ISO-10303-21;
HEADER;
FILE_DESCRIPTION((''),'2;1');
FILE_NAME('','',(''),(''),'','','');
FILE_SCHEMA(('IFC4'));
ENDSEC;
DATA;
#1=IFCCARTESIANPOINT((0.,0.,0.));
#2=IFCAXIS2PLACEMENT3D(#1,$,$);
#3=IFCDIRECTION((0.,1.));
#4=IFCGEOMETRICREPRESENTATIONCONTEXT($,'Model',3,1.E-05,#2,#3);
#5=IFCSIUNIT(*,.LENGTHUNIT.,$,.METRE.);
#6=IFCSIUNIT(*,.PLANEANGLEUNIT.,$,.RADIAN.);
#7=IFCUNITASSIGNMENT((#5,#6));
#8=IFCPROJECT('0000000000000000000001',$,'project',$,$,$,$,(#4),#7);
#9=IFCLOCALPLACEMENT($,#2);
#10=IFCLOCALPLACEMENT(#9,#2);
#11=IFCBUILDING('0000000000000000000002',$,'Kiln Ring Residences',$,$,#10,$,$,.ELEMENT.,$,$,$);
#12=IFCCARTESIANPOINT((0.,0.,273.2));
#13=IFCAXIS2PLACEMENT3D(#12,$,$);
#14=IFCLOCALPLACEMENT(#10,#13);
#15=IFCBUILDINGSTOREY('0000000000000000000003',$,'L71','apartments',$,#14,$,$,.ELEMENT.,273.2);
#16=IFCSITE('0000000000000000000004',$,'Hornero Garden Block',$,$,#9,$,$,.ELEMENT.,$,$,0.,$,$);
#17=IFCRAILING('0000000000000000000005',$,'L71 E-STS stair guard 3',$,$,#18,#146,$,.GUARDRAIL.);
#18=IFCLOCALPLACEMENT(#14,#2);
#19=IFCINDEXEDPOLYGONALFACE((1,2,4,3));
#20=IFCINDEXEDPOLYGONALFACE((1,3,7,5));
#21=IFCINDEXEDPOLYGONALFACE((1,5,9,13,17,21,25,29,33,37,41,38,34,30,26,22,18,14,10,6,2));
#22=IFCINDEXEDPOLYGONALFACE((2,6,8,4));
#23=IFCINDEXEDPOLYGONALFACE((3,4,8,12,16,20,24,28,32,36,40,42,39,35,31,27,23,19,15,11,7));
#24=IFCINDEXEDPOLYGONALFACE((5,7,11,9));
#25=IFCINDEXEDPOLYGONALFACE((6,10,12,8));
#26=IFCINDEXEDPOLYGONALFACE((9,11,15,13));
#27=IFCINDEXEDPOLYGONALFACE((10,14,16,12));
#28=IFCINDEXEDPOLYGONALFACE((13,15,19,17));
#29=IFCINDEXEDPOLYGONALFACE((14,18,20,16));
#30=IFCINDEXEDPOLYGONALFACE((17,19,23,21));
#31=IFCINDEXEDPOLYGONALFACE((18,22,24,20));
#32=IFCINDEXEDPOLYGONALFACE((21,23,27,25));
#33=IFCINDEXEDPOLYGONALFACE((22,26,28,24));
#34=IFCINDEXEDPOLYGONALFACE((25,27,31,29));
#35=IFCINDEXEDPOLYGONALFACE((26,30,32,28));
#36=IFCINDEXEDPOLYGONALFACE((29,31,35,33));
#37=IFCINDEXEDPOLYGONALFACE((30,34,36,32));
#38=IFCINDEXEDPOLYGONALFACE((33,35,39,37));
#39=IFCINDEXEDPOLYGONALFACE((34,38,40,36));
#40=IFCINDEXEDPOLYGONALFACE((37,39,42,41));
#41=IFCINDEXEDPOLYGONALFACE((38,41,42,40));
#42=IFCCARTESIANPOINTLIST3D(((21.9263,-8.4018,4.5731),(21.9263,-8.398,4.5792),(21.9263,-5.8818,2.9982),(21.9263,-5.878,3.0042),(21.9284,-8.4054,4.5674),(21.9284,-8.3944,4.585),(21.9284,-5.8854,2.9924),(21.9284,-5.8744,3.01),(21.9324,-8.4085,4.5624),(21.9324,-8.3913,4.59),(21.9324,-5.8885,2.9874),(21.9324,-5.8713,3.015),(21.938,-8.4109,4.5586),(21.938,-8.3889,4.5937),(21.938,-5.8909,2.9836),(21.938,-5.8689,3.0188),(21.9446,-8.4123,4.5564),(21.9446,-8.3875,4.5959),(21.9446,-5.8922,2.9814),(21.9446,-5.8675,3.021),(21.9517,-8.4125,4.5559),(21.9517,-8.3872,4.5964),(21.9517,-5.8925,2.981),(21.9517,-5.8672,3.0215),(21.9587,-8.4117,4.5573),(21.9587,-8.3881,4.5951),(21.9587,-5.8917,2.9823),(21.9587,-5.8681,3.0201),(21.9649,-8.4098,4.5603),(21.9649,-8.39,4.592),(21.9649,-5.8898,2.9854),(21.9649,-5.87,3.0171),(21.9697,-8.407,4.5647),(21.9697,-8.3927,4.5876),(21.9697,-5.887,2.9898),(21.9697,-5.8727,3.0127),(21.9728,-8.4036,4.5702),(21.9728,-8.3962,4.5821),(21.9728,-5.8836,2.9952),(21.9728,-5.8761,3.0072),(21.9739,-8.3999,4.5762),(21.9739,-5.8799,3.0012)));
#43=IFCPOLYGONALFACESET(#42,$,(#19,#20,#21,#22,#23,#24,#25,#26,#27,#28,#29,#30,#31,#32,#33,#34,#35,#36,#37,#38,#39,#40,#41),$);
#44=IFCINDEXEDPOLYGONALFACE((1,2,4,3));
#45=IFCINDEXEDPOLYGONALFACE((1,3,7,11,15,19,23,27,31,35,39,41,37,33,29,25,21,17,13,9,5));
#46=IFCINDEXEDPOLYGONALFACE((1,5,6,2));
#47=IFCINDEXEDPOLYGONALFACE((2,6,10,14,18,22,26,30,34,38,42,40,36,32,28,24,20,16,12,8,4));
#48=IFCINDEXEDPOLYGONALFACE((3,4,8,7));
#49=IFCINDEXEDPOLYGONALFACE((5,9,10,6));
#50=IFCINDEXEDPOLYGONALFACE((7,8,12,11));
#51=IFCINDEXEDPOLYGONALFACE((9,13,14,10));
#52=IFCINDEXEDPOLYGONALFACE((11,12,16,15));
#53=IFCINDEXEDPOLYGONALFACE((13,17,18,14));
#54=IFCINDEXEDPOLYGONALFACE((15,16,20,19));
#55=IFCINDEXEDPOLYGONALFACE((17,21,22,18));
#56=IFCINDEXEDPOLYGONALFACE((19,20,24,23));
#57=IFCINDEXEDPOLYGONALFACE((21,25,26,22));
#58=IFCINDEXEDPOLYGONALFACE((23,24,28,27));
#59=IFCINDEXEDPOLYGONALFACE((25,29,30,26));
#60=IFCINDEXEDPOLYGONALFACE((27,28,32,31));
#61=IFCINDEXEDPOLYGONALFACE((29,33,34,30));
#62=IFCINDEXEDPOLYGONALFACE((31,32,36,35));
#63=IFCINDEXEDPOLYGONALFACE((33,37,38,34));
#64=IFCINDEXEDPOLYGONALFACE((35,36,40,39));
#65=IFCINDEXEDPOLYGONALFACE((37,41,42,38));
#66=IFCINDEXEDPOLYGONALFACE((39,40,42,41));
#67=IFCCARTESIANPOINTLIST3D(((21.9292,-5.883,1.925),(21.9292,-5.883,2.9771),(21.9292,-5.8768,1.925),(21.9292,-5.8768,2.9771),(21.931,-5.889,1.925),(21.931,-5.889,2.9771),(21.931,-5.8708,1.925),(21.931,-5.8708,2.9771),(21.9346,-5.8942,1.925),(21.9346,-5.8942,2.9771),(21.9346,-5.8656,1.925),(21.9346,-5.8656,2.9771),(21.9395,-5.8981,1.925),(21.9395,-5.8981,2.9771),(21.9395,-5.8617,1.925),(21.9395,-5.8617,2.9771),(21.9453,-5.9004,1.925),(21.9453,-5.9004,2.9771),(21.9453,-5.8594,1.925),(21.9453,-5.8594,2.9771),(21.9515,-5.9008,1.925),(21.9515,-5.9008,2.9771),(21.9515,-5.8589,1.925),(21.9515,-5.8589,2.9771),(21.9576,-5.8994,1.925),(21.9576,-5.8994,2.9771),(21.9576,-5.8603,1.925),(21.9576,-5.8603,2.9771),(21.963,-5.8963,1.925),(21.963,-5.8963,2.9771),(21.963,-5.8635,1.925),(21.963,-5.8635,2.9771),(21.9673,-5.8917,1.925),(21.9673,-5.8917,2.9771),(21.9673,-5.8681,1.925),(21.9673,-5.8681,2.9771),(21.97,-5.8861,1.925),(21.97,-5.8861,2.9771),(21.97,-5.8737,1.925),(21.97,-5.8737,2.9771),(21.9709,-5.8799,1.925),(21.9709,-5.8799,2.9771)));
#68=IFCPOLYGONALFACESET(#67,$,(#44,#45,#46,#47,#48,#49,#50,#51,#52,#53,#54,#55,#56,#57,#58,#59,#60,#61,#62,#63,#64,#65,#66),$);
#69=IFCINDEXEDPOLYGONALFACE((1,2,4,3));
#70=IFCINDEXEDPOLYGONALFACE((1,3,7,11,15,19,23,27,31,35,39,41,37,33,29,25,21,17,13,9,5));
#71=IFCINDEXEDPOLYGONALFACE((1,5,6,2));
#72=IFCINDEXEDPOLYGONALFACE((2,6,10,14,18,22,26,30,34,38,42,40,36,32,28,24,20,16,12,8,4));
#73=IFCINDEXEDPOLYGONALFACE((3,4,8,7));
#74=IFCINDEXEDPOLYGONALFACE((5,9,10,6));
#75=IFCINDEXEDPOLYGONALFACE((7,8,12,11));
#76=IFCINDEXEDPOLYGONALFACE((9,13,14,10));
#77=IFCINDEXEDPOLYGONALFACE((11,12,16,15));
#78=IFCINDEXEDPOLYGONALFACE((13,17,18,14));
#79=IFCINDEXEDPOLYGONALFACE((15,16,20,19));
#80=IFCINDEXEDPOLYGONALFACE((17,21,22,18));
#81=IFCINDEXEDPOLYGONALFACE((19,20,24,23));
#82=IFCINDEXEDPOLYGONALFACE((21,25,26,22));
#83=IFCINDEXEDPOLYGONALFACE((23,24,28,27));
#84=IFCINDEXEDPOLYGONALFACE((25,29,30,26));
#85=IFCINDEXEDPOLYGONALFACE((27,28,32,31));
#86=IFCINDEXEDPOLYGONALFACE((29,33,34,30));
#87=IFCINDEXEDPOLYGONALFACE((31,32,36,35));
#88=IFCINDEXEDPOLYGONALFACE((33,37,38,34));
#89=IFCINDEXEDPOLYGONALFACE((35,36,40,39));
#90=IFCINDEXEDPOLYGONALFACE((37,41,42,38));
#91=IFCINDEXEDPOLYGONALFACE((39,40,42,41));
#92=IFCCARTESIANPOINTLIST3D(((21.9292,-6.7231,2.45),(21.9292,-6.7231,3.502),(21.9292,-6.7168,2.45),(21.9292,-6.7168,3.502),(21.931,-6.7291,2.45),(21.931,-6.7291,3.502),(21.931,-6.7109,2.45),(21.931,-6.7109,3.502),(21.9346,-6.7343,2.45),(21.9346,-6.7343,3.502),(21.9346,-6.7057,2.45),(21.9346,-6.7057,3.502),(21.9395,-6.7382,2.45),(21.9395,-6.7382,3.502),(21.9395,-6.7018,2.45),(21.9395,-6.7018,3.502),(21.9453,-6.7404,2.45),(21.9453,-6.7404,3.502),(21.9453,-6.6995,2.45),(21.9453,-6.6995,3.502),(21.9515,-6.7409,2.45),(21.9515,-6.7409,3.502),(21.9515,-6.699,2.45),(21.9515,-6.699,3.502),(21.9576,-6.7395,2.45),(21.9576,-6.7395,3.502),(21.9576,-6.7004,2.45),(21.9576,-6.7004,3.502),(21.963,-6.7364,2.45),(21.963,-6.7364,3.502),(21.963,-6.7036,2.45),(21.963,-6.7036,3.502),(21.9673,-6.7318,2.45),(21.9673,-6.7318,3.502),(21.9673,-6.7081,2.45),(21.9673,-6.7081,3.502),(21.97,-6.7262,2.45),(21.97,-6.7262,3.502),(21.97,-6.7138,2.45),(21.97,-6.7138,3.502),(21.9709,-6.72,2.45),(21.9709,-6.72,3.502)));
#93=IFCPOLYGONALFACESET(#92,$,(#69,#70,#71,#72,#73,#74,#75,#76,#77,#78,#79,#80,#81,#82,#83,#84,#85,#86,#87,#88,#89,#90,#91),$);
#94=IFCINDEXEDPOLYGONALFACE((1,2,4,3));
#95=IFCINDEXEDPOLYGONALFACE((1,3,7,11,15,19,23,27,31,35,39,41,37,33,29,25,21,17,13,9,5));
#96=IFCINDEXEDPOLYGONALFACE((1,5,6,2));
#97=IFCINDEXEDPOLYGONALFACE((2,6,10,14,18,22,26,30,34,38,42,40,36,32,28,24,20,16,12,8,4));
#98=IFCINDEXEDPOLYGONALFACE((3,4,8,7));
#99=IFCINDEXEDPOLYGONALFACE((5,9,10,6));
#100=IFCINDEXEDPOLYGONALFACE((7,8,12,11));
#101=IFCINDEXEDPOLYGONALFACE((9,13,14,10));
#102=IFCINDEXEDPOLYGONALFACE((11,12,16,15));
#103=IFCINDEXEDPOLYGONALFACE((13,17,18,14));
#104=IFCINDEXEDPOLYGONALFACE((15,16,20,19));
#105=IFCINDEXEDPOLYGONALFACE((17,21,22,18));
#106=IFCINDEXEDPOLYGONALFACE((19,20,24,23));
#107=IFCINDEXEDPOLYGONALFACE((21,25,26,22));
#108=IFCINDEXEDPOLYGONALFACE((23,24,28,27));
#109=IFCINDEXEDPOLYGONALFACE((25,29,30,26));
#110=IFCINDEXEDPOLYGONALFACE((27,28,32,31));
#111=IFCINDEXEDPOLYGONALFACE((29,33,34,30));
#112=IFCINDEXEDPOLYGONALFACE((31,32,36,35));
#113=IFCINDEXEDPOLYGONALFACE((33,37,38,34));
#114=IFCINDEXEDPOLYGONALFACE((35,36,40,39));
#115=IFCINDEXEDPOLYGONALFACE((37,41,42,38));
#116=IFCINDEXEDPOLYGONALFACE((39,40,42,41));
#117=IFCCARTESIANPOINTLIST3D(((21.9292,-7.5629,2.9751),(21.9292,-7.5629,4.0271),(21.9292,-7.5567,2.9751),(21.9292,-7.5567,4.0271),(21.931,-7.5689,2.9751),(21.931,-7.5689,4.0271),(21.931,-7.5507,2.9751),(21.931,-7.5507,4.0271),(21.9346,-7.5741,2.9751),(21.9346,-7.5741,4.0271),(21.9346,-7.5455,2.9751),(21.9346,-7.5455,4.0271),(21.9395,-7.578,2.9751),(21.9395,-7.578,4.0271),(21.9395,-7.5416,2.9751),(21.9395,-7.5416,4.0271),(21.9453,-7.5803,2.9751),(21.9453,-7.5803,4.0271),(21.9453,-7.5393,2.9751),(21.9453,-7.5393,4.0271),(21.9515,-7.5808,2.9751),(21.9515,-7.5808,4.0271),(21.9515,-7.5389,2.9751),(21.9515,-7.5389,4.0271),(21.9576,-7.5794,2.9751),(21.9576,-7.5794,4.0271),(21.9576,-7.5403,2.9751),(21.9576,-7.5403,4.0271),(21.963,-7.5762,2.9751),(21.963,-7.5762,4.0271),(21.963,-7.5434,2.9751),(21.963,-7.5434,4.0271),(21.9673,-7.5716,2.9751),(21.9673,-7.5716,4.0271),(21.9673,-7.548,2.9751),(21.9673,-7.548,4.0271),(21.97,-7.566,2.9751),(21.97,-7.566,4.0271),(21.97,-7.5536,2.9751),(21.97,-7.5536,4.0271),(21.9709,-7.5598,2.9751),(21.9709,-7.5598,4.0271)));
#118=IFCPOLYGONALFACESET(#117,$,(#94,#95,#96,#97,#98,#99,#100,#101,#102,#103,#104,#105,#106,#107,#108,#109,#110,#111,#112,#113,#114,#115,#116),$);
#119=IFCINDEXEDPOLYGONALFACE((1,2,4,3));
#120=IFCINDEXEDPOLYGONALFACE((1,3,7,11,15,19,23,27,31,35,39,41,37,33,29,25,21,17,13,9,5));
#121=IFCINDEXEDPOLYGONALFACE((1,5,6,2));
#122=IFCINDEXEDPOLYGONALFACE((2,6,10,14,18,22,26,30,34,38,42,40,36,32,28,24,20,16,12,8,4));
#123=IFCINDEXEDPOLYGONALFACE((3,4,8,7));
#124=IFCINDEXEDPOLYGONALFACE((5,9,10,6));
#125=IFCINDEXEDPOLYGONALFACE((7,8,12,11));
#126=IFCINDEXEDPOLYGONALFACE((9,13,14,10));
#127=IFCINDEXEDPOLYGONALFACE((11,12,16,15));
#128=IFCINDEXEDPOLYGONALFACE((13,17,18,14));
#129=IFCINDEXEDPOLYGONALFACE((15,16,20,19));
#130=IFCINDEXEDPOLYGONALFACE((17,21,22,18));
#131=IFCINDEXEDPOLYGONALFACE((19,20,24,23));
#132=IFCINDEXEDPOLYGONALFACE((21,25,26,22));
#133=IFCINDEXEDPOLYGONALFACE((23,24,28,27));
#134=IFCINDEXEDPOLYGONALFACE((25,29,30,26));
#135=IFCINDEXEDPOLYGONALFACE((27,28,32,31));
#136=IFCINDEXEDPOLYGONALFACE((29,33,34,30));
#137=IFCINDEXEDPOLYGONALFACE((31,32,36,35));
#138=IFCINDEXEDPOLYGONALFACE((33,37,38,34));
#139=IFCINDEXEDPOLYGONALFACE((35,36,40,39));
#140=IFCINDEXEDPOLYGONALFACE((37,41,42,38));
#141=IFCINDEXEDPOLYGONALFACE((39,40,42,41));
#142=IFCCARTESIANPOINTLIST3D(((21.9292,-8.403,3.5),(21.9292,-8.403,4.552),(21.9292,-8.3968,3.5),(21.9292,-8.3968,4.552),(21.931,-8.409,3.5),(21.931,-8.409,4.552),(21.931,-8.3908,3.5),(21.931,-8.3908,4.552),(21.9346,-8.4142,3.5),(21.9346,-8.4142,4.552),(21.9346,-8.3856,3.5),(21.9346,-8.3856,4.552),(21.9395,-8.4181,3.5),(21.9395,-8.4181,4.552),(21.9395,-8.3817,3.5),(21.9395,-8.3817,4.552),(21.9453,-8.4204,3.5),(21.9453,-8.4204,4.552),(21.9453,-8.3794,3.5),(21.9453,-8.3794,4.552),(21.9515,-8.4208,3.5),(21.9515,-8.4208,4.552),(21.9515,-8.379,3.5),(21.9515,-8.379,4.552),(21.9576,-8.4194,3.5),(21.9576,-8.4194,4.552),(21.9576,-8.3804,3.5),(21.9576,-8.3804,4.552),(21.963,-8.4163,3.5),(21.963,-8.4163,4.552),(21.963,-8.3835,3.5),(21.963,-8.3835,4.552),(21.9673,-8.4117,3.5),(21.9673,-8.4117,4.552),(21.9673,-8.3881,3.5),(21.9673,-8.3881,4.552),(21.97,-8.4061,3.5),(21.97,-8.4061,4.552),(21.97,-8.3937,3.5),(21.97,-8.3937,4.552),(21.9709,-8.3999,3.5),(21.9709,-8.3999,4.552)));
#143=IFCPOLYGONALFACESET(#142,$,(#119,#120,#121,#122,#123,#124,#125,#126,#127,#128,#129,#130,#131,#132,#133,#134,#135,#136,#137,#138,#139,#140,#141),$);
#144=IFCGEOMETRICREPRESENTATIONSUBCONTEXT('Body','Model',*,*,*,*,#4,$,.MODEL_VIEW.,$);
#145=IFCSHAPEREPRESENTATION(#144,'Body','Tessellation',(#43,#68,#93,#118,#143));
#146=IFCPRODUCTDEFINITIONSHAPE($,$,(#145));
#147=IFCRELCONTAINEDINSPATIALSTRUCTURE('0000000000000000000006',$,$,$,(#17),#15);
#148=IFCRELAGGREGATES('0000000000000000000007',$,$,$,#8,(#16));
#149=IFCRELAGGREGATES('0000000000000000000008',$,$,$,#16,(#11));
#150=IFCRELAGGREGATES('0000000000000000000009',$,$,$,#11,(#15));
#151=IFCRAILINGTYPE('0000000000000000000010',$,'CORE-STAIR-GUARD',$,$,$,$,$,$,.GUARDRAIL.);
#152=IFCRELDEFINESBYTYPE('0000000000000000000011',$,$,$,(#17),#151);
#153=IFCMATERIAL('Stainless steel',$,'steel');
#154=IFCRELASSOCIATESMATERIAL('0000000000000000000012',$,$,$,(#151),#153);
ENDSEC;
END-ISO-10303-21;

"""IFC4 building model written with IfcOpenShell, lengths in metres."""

from ifc_helpers import new_model, si_unit, direction, frame, origin, origin_2d, place, context, subcontext, project, spatial, circle, extrude, material, type_object, element, save


model = new_model("IFC4")

# Units and contexts
model_context = context("Model", 3, precision=1e-05, world=origin(), true_north=direction((0.0, 1.0)))
body_context = subcontext(model_context, "Body", "Model", "MODEL_VIEW")
ifc_project = project(units=[si_unit("LENGTHUNIT", "METRE"), si_unit("PLANEANGLEUNIT", "RADIAN")], contexts=[model_context])

# Site, building, storey
site_placement = place(None, origin())
site = spatial("IfcSite", under=ifc_project, at=site_placement, Name="Hornero Garden Block", CompositionType="ELEMENT", RefElevation=0.0)
building_placement = place(site_placement, origin())
building = spatial("IfcBuilding", under=site, at=building_placement, Name="Kiln Ring Residences", CompositionType="ELEMENT")
storey_placement = place(building_placement, frame((0.0, 0.0, 273.2)))
storey = spatial("IfcBuildingStorey", under=building, at=storey_placement, Name="L71", Description="apartments", CompositionType="ELEMENT", Elevation=273.2)

# Railing
ifc_material_1 = material(Name="Stainless steel", Category="steel")
railing_type_1 = type_object("IfcRailingType", Name="CORE-STAIR-GUARD", PredefinedType="GUARDRAIL", material=ifc_material_1)
railing_1_placement = place(storey_placement, frame((21.95, -5.8799, 1.925)))
element("IfcRailing", 1, at=railing_1_placement, inside=storey, type_object=railing_type_1, Name="L71 E-STS stair guard 3", PredefinedType="GUARDRAIL", context=body_context, shape_type="SweptSolid", body=[
    extrude(circle(Radius=0.0239, at=origin_2d()), frame((0.0, 0.0, 1.0762), z_axis=(0.0, -0.848008, 0.529984), x_axis=(1.0, 0.0, 0.0)), (0.0, 0.0, 1.0), 2.9717),
    extrude(circle(Radius=0.021, at=origin_2d()), origin(), (0.0, 0.0, 1.0), 1.052),
    extrude(circle(Radius=0.021, at=origin_2d()), frame((0.0, -0.8401, 0.5249)), (0.0, 0.0, 1.0), 1.052),
    extrude(circle(Radius=0.021, at=origin_2d()), frame((0.0, -1.6799, 1.05)), (0.0, 0.0, 1.0), 1.052),
    extrude(circle(Radius=0.021, at=origin_2d()), frame((0.0, -2.52, 1.575)), (0.0, 0.0, 1.0), 1.052),
])

save(model, "model.ifc")
